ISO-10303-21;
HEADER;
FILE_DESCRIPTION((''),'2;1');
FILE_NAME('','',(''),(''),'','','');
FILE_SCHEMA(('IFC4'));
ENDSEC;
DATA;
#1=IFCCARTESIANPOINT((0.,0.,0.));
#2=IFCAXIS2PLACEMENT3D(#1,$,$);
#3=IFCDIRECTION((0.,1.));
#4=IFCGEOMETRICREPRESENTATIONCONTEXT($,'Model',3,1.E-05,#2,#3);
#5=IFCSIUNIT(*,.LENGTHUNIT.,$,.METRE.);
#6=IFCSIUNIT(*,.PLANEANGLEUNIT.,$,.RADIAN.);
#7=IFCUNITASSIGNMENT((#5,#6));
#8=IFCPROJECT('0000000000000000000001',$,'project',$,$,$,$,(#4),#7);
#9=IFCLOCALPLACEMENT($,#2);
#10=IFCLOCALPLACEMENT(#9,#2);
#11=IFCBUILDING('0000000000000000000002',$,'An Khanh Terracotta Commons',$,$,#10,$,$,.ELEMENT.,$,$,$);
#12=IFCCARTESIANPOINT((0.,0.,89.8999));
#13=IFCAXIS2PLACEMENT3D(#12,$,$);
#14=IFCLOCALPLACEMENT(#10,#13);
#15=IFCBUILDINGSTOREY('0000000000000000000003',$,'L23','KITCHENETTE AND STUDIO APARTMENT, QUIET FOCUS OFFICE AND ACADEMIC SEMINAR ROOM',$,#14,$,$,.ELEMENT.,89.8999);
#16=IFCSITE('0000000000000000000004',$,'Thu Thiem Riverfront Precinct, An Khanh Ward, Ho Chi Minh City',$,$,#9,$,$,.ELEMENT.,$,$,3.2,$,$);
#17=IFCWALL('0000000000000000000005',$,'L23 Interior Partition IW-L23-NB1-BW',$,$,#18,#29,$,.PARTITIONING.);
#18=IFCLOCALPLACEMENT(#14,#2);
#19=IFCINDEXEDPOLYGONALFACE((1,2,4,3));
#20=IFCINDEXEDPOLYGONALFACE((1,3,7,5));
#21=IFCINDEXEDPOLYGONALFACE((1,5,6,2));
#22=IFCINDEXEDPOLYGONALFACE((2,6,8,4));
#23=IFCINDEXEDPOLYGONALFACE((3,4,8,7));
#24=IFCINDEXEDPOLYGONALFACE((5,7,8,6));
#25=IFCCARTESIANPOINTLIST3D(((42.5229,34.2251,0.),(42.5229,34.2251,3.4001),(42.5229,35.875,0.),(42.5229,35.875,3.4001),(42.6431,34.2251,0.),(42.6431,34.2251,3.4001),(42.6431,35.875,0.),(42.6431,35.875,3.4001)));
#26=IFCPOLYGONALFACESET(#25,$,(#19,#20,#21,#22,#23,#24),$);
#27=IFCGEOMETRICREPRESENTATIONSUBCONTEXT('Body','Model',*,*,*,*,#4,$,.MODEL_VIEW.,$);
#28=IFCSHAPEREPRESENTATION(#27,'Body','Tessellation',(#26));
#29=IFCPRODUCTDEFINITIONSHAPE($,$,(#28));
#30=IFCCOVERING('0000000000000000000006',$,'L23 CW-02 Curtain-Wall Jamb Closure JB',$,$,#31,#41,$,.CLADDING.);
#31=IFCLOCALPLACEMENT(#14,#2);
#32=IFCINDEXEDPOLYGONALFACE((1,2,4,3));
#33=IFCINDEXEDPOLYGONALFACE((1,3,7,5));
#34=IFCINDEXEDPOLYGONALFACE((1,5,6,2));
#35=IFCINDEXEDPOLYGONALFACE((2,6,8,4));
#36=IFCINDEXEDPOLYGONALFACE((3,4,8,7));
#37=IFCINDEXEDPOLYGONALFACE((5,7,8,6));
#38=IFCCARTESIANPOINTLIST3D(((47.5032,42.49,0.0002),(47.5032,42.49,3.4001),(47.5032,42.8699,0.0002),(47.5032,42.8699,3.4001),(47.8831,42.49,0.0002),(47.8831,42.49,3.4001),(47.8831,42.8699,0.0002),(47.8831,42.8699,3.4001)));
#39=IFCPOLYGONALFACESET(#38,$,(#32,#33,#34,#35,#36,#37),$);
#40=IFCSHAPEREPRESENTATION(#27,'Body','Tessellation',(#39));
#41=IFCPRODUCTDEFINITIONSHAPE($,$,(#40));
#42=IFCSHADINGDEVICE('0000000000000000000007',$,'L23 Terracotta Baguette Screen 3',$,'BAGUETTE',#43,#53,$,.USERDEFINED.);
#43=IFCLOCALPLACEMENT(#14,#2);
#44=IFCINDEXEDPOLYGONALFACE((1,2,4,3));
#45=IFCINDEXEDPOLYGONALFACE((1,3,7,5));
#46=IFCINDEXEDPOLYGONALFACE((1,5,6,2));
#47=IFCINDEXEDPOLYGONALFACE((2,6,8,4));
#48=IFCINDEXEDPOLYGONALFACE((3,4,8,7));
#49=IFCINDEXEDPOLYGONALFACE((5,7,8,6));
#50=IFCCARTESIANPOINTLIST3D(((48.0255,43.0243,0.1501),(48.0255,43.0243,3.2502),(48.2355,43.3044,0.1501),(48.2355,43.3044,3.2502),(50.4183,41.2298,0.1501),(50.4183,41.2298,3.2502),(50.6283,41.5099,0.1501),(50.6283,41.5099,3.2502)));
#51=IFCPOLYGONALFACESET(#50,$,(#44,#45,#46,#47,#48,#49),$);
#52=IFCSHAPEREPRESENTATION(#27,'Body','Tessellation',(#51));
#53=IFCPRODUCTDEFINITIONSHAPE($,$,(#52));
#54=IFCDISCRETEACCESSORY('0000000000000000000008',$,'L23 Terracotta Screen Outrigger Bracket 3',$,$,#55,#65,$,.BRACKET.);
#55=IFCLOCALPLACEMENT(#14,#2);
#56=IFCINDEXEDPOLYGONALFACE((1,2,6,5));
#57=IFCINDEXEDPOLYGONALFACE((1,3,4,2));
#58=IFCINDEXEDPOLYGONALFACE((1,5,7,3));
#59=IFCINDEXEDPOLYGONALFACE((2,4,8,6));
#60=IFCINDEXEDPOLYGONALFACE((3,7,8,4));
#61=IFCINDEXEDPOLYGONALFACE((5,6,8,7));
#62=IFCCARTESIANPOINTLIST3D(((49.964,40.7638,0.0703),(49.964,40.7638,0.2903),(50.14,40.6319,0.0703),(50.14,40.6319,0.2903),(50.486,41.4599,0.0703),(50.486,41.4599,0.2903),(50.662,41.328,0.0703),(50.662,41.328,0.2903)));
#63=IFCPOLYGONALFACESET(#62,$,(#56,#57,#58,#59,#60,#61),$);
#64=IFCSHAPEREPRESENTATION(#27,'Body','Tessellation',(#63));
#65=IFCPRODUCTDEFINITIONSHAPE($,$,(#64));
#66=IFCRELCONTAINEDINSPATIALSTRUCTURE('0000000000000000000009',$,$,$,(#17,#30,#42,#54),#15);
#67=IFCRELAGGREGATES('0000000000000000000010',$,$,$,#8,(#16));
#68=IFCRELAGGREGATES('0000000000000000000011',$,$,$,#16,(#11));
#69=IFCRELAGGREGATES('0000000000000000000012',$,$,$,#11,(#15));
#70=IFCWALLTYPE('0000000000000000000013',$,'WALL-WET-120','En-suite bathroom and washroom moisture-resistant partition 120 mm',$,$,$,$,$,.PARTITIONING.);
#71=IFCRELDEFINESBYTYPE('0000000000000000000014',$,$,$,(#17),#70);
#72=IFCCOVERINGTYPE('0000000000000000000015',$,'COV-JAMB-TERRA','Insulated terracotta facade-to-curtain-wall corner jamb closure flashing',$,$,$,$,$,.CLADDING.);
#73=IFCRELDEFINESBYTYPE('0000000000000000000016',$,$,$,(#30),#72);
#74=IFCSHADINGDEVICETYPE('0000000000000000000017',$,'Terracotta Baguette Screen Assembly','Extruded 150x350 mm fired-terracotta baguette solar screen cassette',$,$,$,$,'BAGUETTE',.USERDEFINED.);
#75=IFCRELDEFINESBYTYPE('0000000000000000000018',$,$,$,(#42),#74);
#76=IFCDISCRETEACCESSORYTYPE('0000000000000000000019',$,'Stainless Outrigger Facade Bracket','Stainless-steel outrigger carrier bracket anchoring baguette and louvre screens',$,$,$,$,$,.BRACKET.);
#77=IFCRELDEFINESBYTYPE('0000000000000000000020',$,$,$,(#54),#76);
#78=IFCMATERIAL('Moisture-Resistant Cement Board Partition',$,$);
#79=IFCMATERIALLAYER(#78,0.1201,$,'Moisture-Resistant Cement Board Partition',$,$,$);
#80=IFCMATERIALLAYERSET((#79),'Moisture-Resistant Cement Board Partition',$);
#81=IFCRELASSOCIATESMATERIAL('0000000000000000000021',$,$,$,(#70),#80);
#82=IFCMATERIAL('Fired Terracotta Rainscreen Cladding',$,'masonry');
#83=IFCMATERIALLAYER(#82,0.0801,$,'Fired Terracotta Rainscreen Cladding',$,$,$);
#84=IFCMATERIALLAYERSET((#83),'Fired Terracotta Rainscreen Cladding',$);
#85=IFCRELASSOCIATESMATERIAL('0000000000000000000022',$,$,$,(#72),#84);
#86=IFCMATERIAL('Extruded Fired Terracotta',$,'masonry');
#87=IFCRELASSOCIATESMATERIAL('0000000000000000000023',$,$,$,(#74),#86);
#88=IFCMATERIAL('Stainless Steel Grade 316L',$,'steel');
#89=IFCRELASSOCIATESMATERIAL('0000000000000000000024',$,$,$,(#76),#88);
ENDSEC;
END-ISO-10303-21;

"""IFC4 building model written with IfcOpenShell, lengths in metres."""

from ifc_helpers import new_model, si_unit, direction, frame, frame_2d, origin, origin_2d, place, context, subcontext, project, spatial, rectangle, extrude, material, layer, layer_set, type_object, element, save


model = new_model("IFC4")

# Units and contexts
model_context = context("Model", 3, precision=1e-05, world=origin(), true_north=direction((0.0, 1.0)))
body_context = subcontext(model_context, "Body", "Model", "MODEL_VIEW")
ifc_project = project(units=[si_unit("LENGTHUNIT", "METRE"), si_unit("PLANEANGLEUNIT", "RADIAN")], contexts=[model_context])

# Site, building, storey
site_placement = place(None, origin())
site = spatial("IfcSite", under=ifc_project, at=site_placement, Name="Thu Thiem Riverfront Precinct, An Khanh Ward, Ho Chi Minh City", CompositionType="ELEMENT", RefElevation=3.2)
building_placement = place(site_placement, origin())
building = spatial("IfcBuilding", under=site, at=building_placement, Name="An Khanh Terracotta Commons", CompositionType="ELEMENT")
storey_placement = place(building_placement, frame((0.0, 0.0, 89.8999)))
storey = spatial("IfcBuildingStorey", under=building, at=storey_placement, Name="L23", Description="KITCHENETTE AND STUDIO APARTMENT, QUIET FOCUS OFFICE AND ACADEMIC SEMINAR ROOM", CompositionType="ELEMENT", Elevation=89.8999)

# Wall
ifc_material_1 = material(Name="Moisture-Resistant Cement Board Partition")
ifc_layer_1 = layer(ifc_material_1, 0.1201, Name="Moisture-Resistant Cement Board Partition")
ifc_layer_set_1 = layer_set([ifc_layer_1], Name="Moisture-Resistant Cement Board Partition")
wall_type_1 = type_object("IfcWallType", Name="WALL-WET-120", Description="En-suite bathroom and washroom moisture-resistant partition 120 mm", PredefinedType="PARTITIONING", material=ifc_layer_set_1)
wall_1_placement = place(storey_placement, frame((42.583, 35.875, 0.0), z_axis=(0.0, 0.0, 1.0), x_axis=(0.0, -1.0, 0.0)))
element("IfcWall", 1, at=wall_1_placement, inside=storey, type_object=wall_type_1, Name="L23 Interior Partition IW-L23-NB1-BW", PredefinedType="PARTITIONING", context=body_context, shape_type="SweptSolid", body=[
    extrude(rectangle(XDim=1.6499, YDim=0.1201, at=frame_2d((0.825, 0.0))), origin(), (0.0, 0.0, 1.0), 3.4001),
])

# Covering
ifc_material_2 = material(Name="Fired Terracotta Rainscreen Cladding", Category="masonry")
ifc_layer_2 = layer(ifc_material_2, 0.0801, Name="Fired Terracotta Rainscreen Cladding")
ifc_layer_set_2 = layer_set([ifc_layer_2], Name="Fired Terracotta Rainscreen Cladding")
covering_type = type_object("IfcCoveringType", Name="COV-JAMB-TERRA", Description="Insulated terracotta facade-to-curtain-wall corner jamb closure flashing", PredefinedType="CLADDING", material=ifc_layer_set_2)
covering_placement = place(storey_placement, frame((47.6931, 42.6799, 0.0002), z_axis=(0.0, 0.0, 1.0), x_axis=(1.0, 0.0, 0.0)))
element("IfcCovering", 2, at=covering_placement, inside=storey, type_object=covering_type, Name="L23 CW-02 Curtain-Wall Jamb Closure JB", PredefinedType="CLADDING", context=body_context, shape_type="SweptSolid", body=[
    extrude(rectangle(XDim=0.3799, YDim=0.3799, at=origin_2d()), origin(), (0.0, 0.0, 1.0), 3.3999),
])

# Shading device
ifc_material_3 = material(Name="Extruded Fired Terracotta", Category="masonry")
shading_device_type = type_object("IfcShadingDeviceType", Name="Terracotta Baguette Screen Assembly", Description="Extruded 150x350 mm fired-terracotta baguette solar screen cassette", ElementType="BAGUETTE", PredefinedType="USERDEFINED", material=ifc_material_3)
shading_device_placement = place(storey_placement, frame((49.3269, 42.2671, 0.1501), z_axis=(0.0, 0.0, 1.0), x_axis=(-0.800013, 0.599983, 0.0)))
element("IfcShadingDevice", 3, at=shading_device_placement, inside=storey, type_object=shading_device_type, Name="L23 Terracotta Baguette Screen 3", ObjectType="BAGUETTE", PredefinedType="USERDEFINED", context=body_context, shape_type="SweptSolid", body=[
    extrude(rectangle(XDim=2.991, YDim=0.3501, at=origin_2d()), origin(), (0.0, 0.0, 1.0), 3.1001),
])

# Discrete accessory
ifc_material_4 = material(Name="Stainless Steel Grade 316L", Category="steel")
discrete_accessory_type = type_object("IfcDiscreteAccessoryType", Name="Stainless Outrigger Facade Bracket", Description="Stainless-steel outrigger carrier bracket anchoring baguette and louvre screens", PredefinedType="BRACKET", material=ifc_material_4)
discrete_accessory_placement = place(storey_placement, frame((50.313, 41.0459, 0.0703), z_axis=(0.0, 0.0, 1.0), x_axis=(-0.800013, 0.599983, 0.0)))
element("IfcDiscreteAccessory", 4, at=discrete_accessory_placement, inside=storey, type_object=discrete_accessory_type, Name="L23 Terracotta Screen Outrigger Bracket 3", PredefinedType="BRACKET", context=body_context, shape_type="SweptSolid", body=[
    extrude(rectangle(XDim=0.22, YDim=0.8701, at=origin_2d()), origin(), (0.0, 0.0, 1.0), 0.22),
])

save(model, "model.ifc")
